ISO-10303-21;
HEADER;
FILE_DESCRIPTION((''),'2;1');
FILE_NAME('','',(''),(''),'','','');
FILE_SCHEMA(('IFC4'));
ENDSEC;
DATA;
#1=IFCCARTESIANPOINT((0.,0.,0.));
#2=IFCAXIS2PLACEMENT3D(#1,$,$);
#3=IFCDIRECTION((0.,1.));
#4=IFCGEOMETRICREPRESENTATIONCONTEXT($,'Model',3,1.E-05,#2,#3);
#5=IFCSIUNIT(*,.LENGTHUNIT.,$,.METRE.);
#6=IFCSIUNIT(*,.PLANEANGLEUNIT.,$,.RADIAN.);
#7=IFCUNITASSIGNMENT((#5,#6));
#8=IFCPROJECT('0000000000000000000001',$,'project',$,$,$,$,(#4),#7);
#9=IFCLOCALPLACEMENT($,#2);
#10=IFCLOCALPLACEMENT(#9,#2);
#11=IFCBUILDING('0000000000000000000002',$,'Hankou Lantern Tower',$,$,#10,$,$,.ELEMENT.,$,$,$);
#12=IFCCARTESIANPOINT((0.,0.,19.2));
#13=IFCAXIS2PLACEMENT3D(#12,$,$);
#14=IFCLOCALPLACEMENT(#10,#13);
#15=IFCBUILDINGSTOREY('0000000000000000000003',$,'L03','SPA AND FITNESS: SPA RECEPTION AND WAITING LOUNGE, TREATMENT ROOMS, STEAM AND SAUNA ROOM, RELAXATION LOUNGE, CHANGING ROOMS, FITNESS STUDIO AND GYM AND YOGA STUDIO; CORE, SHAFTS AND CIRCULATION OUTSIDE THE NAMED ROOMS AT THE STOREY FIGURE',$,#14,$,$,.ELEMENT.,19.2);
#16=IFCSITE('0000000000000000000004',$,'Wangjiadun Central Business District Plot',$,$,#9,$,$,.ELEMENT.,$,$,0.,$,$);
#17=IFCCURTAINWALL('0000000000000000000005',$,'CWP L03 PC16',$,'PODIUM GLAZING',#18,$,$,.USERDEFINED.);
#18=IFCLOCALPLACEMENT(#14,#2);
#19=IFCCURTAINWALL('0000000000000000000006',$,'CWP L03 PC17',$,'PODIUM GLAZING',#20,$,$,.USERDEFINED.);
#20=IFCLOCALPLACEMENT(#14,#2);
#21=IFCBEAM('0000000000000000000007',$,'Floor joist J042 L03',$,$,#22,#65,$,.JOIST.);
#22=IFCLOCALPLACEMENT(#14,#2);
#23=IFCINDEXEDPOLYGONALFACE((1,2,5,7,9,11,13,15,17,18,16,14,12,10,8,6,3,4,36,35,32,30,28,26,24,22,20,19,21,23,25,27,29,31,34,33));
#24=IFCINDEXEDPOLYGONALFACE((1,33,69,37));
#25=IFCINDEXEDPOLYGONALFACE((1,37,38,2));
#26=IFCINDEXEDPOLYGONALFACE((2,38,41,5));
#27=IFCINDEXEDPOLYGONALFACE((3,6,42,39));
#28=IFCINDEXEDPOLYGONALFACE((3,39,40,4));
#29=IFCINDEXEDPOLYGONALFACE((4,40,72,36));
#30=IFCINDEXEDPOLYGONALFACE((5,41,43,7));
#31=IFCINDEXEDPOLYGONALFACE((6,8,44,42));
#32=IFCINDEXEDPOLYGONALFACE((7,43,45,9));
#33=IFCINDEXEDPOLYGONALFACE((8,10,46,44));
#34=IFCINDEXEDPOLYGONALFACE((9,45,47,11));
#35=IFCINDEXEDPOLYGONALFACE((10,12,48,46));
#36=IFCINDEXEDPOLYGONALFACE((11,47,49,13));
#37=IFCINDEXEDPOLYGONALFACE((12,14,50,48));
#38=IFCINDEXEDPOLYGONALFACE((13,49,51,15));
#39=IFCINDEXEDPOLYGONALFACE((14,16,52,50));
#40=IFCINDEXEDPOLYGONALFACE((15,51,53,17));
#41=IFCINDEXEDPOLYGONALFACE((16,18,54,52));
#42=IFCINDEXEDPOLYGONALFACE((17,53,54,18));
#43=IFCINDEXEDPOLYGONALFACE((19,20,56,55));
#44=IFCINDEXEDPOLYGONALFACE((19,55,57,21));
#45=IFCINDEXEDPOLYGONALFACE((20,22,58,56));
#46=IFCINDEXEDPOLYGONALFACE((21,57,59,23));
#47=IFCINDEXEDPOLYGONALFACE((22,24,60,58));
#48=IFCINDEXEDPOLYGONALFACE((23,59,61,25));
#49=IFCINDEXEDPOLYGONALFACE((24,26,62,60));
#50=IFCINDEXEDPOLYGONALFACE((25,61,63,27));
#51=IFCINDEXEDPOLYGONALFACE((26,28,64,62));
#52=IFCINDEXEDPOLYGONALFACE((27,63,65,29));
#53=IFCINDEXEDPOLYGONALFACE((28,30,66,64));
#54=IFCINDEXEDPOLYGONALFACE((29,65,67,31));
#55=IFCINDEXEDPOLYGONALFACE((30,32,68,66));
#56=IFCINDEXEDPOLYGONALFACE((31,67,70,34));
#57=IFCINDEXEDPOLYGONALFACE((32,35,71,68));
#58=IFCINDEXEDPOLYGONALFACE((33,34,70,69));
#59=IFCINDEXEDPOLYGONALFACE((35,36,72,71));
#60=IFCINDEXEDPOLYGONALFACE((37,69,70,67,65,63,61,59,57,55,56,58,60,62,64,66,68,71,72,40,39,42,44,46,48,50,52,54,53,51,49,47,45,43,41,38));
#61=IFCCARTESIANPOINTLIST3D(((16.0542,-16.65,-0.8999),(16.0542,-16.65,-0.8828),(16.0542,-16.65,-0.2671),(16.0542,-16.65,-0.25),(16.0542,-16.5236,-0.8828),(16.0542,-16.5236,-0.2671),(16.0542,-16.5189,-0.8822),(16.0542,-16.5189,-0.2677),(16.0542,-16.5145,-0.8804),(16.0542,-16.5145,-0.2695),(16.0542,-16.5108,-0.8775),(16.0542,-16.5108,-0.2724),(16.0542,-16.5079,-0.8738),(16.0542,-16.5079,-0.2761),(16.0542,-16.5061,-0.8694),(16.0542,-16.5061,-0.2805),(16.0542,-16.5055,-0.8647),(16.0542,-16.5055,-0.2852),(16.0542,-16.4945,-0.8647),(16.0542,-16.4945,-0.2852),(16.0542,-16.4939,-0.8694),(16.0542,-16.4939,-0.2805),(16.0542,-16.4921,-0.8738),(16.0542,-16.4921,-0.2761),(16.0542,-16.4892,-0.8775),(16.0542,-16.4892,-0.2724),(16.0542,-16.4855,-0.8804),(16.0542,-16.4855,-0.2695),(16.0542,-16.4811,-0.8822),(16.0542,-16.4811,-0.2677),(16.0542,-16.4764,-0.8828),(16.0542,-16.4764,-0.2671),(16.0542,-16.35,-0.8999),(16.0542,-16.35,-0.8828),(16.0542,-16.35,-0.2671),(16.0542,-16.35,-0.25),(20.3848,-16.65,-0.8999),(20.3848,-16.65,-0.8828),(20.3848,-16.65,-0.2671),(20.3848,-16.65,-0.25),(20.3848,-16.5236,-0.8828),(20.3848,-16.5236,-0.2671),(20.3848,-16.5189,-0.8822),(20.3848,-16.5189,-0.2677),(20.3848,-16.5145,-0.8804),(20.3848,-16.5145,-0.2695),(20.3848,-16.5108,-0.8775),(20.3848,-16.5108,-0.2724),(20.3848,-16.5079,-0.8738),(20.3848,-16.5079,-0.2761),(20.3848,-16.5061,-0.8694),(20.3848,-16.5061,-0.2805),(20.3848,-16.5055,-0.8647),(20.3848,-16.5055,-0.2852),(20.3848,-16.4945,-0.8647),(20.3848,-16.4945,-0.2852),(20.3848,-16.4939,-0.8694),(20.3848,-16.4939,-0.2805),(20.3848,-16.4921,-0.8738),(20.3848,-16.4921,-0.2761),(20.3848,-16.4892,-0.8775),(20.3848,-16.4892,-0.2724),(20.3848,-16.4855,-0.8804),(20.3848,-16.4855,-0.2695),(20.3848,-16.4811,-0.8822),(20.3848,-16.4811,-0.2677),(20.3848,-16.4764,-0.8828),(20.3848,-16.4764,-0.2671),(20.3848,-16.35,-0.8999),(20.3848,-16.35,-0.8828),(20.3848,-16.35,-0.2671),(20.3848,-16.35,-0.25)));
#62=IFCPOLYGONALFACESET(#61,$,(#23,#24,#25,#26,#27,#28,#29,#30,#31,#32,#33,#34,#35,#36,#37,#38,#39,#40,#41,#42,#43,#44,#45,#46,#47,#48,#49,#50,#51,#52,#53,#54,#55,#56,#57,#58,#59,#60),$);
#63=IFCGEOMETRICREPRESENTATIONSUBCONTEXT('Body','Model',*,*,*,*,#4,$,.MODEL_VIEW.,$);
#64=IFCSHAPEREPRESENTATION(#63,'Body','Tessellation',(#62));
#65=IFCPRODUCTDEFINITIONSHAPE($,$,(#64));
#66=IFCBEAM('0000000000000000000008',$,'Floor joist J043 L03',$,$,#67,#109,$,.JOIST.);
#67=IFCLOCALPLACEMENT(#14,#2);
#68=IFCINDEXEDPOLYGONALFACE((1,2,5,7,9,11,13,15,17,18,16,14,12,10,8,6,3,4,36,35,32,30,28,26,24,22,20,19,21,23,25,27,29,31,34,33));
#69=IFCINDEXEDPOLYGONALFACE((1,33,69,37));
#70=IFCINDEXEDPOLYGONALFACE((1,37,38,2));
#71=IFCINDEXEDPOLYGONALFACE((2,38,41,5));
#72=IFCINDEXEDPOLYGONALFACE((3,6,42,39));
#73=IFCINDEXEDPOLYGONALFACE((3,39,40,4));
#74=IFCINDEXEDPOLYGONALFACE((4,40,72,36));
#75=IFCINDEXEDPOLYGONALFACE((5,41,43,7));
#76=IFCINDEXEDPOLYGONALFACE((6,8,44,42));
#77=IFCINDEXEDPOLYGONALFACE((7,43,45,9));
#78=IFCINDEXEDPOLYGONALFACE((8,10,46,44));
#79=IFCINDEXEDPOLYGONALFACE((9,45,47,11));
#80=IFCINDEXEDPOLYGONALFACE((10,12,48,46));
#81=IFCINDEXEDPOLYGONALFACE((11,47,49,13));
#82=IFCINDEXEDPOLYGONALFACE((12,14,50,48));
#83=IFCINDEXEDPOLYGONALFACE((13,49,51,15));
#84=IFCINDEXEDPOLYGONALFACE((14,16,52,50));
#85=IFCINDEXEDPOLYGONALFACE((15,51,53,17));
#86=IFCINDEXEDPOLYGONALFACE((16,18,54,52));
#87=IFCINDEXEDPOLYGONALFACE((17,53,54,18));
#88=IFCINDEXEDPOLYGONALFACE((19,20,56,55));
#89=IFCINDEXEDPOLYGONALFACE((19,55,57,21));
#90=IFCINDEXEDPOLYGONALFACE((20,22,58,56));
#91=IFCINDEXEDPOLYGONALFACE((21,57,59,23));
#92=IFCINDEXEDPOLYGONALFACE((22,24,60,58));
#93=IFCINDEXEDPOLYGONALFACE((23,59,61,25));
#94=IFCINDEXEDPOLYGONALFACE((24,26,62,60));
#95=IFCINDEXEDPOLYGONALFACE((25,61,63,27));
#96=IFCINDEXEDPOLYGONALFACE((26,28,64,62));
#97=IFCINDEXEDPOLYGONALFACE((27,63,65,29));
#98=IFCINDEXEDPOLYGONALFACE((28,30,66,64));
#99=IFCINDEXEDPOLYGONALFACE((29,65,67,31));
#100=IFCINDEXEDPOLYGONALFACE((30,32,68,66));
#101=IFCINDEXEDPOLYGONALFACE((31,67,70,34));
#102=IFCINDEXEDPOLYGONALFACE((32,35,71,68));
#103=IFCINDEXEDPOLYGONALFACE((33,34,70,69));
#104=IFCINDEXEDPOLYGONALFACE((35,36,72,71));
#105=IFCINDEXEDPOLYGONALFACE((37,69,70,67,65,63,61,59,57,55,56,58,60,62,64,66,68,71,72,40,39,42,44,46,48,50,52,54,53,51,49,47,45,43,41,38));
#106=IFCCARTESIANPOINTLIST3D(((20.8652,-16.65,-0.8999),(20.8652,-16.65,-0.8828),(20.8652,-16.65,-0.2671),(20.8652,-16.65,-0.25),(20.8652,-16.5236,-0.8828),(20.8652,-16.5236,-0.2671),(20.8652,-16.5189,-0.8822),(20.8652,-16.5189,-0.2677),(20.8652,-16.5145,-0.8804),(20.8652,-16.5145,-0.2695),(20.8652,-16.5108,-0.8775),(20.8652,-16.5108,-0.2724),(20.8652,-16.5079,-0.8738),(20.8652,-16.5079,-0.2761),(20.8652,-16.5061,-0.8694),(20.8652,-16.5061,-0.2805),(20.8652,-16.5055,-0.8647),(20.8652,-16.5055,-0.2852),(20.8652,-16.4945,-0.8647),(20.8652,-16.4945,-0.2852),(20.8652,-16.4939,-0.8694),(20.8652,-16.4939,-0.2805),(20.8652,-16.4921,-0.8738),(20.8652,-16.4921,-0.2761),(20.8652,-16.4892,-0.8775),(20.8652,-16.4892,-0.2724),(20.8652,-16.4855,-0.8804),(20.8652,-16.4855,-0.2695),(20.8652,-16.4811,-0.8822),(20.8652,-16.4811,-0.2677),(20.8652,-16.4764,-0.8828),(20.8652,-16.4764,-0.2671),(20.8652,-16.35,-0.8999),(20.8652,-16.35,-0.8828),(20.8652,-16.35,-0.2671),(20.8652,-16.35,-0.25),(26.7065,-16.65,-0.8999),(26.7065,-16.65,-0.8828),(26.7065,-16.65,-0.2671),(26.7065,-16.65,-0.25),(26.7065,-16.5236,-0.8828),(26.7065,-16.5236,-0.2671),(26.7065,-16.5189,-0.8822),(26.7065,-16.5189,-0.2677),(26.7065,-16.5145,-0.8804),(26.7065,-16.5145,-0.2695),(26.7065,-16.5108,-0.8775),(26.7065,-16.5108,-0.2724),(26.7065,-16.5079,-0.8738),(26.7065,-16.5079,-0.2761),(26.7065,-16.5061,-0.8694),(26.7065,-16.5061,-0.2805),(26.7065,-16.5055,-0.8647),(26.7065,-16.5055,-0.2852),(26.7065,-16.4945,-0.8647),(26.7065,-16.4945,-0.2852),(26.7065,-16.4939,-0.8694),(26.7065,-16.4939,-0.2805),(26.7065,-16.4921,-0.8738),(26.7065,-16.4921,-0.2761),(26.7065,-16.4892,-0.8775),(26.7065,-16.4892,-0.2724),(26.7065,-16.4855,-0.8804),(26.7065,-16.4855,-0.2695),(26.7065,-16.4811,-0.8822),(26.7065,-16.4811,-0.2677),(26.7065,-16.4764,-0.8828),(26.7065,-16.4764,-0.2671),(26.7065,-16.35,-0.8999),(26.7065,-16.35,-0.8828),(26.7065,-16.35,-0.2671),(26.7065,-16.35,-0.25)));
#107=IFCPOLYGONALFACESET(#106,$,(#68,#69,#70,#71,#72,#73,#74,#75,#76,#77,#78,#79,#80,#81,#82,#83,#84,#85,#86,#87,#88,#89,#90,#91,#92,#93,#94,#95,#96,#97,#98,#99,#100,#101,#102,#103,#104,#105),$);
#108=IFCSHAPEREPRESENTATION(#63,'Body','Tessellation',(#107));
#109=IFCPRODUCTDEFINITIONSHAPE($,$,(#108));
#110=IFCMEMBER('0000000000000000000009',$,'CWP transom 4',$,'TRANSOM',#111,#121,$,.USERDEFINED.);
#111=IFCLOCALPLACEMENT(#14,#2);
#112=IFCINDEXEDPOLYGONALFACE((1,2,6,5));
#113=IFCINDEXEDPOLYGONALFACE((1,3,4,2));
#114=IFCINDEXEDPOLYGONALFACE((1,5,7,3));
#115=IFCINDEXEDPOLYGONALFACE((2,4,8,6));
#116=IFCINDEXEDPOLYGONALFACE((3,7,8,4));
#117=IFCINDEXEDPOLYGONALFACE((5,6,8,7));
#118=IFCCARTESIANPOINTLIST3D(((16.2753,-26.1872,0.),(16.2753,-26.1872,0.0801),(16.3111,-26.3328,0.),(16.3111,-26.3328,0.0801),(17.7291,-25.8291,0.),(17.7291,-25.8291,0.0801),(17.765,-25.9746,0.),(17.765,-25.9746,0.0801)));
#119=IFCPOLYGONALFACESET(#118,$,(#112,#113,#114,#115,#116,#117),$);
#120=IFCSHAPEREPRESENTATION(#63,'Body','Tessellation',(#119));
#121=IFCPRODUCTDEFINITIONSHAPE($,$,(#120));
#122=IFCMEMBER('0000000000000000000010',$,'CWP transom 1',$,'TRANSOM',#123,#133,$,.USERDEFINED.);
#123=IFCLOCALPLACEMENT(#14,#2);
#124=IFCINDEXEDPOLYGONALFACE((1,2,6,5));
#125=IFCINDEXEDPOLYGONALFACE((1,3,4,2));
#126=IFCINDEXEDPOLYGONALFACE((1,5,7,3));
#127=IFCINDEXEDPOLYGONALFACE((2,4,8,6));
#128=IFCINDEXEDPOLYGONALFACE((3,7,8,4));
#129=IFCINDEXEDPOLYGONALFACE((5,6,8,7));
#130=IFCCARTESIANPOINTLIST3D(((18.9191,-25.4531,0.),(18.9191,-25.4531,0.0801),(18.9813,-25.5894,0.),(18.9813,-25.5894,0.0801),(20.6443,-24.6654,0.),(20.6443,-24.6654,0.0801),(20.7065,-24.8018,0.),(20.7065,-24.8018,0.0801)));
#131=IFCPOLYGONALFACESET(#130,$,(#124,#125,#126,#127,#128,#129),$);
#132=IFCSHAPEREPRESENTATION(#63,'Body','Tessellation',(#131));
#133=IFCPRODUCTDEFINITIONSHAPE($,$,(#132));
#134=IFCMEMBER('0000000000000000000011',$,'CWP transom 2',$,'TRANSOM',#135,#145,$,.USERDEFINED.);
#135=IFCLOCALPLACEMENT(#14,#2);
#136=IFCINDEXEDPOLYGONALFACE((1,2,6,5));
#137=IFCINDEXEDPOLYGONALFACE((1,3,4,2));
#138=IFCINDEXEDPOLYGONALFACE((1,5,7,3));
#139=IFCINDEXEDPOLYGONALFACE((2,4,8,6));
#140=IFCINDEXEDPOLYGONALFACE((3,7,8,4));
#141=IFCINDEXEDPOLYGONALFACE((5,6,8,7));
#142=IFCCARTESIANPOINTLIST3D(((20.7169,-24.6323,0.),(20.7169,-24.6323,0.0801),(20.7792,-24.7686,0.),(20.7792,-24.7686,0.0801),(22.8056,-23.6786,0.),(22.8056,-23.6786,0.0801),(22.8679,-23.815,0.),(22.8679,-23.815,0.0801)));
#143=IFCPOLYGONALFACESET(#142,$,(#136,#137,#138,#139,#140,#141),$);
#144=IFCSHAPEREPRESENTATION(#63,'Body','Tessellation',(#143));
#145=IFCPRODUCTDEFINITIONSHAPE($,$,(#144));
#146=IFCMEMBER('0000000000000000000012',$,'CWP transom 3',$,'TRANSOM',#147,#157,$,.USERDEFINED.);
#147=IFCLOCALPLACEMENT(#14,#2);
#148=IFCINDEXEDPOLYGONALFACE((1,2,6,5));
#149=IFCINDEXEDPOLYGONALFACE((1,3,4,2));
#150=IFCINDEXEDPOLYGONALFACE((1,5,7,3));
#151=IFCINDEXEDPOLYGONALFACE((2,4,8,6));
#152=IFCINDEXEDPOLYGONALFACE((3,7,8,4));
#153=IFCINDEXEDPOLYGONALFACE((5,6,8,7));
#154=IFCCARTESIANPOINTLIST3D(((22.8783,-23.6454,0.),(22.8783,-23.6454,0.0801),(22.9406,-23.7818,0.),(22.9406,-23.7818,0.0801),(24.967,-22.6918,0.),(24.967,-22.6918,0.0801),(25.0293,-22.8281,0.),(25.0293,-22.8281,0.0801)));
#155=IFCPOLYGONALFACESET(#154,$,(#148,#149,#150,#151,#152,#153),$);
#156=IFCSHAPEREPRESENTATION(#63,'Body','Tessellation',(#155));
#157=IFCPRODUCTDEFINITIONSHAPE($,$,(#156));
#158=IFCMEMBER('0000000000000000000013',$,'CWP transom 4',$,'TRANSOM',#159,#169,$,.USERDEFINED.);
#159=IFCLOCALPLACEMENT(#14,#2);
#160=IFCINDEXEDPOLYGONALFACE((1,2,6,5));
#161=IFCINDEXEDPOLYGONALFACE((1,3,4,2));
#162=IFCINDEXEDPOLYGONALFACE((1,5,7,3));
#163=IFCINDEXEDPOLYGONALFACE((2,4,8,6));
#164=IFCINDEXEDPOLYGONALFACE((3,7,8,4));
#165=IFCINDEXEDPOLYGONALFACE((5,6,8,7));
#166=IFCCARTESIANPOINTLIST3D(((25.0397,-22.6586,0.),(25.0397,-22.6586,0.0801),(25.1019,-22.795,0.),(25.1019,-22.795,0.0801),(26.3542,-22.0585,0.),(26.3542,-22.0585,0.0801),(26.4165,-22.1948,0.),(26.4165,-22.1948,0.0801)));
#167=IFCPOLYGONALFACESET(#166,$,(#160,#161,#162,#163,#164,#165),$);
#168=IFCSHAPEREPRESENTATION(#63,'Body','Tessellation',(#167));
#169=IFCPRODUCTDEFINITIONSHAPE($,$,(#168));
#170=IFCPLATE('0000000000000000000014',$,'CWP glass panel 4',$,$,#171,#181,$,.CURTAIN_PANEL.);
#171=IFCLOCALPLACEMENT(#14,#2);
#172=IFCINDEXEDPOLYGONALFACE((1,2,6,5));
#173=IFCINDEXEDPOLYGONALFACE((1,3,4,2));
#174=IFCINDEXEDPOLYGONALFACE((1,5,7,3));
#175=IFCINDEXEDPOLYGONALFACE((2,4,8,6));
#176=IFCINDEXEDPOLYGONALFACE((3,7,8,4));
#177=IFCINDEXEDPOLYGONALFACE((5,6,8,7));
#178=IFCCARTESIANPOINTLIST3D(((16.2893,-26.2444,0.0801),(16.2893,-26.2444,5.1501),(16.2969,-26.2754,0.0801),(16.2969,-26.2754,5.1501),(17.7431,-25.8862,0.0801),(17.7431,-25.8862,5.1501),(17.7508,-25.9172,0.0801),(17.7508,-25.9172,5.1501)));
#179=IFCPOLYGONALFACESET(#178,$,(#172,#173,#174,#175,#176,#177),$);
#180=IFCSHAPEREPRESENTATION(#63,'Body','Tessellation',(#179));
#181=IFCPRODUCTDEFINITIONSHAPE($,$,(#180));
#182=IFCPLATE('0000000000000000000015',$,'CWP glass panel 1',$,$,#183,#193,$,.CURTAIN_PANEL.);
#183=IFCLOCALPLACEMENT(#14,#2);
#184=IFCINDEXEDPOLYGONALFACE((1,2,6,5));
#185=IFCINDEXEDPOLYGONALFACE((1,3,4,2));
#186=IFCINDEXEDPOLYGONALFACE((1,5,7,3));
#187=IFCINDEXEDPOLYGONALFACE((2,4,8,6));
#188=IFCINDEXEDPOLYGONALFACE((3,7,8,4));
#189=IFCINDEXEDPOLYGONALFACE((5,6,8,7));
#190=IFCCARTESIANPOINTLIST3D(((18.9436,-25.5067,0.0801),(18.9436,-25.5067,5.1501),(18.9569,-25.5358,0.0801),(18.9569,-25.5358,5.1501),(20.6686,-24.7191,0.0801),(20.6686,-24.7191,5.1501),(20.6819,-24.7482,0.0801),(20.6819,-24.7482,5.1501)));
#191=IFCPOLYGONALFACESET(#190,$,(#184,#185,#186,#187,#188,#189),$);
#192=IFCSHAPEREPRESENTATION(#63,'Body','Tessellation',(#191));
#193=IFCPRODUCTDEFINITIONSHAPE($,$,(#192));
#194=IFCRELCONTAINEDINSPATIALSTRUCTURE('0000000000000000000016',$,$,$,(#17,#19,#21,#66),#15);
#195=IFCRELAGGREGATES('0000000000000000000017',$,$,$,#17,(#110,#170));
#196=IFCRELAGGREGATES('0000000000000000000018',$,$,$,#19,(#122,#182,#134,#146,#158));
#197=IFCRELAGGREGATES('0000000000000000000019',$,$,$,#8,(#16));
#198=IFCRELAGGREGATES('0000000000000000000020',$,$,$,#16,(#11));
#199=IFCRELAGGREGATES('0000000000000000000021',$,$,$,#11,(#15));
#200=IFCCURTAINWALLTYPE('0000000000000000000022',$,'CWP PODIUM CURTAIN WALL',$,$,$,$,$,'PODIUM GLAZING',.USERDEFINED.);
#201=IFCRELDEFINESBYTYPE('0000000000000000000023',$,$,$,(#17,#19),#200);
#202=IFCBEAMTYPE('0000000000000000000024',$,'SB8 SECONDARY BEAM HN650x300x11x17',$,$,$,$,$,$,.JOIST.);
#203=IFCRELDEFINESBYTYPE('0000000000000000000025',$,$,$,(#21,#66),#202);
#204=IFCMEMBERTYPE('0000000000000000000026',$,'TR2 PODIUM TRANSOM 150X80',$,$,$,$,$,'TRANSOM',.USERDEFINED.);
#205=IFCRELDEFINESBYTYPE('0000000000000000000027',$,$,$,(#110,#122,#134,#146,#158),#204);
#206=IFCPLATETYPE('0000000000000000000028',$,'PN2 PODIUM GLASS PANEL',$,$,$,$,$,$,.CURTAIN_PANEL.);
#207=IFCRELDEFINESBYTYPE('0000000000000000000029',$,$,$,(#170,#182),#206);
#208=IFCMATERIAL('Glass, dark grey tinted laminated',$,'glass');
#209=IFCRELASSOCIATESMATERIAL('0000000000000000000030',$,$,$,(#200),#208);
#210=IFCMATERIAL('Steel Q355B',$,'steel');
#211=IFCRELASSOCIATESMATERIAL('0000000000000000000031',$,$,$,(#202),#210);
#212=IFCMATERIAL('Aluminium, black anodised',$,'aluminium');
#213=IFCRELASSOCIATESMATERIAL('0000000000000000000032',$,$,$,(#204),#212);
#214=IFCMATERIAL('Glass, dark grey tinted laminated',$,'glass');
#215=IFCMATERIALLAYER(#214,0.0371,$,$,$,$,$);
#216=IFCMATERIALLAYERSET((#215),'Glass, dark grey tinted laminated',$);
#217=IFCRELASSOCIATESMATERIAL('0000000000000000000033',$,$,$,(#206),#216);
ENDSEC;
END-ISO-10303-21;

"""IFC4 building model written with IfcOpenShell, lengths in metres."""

from ifc_helpers import new_model, si_unit, direction, frame, origin, origin_2d, place, context, subcontext, project, spatial, rectangle, i_section, extrude, material, layer, layer_set, material_profile, profile_set, type_object, element, aggregate, save


model = new_model("IFC4")

# Units and contexts
model_context = context("Model", 3, precision=1e-05, world=origin(), true_north=direction((0.0, 1.0)))
body_context = subcontext(model_context, "Body", "Model", "MODEL_VIEW")
ifc_project = project(units=[si_unit("LENGTHUNIT", "METRE"), si_unit("PLANEANGLEUNIT", "RADIAN")], contexts=[model_context])

# Site, building, storey
site_placement = place(None, origin())
site = spatial("IfcSite", under=ifc_project, at=site_placement, Name="Wangjiadun Central Business District Plot", CompositionType="ELEMENT", RefElevation=0.0)
building_placement = place(site_placement, origin())
building = spatial("IfcBuilding", under=site, at=building_placement, Name="Hankou Lantern Tower", CompositionType="ELEMENT")
storey_placement = place(building_placement, frame((0.0, 0.0, 19.2)))
storey = spatial("IfcBuildingStorey", under=building, at=storey_placement, Name="L03", Description="SPA AND FITNESS: SPA RECEPTION AND WAITING LOUNGE, TREATMENT ROOMS, STEAM AND SAUNA ROOM, RELAXATION LOUNGE, CHANGING ROOMS, FITNESS STUDIO AND GYM AND YOGA STUDIO; CORE, SHAFTS AND CIRCULATION OUTSIDE THE NAMED ROOMS AT THE STOREY FIGURE", CompositionType="ELEMENT", Elevation=19.2)

# Curtain walls
ifc_material_1 = material(Name="Glass, dark grey tinted laminated", Category="glass")
curtain_wall_type = type_object("IfcCurtainWallType", Name="CWP PODIUM CURTAIN WALL", ElementType="PODIUM GLAZING", PredefinedType="USERDEFINED", material=ifc_material_1)
curtain_wall_1_placement = place(storey_placement, origin())
curtain_wall_1 = element("IfcCurtainWall", 1, at=curtain_wall_1_placement, inside=storey, type_object=curtain_wall_type, Name="CWP L03 PC16", ObjectType="PODIUM GLAZING", PredefinedType="USERDEFINED")
curtain_wall_2_placement = place(storey_placement, origin())
curtain_wall_2 = element("IfcCurtainWall", 2, at=curtain_wall_2_placement, inside=storey, type_object=curtain_wall_type, Name="CWP L03 PC17", ObjectType="PODIUM GLAZING", PredefinedType="USERDEFINED")

# Beams
ifc_material_2 = material(Name="Steel Q355B", Category="steel")
ifc_material_profile_1 = material_profile(ifc_material_2, i_section(OverallWidth=0.3, OverallDepth=0.6499, WebThickness=0.011, FlangeThickness=0.0171, FilletRadius=0.0181, at=origin_2d()), Name="HN650x300x11x17")
ifc_profile_set_1 = profile_set([ifc_material_profile_1], Name="Steel Q355B")
beam_type_1 = type_object("IfcBeamType", Name="SB8 SECONDARY BEAM HN650x300x11x17", PredefinedType="JOIST", material=ifc_profile_set_1)
beam_1_placement = place(storey_placement, frame((16.0542, -16.5, -0.575), z_axis=(1.0, 0.0, 0.0), x_axis=(0.0, 1.0, 0.0)))
element("IfcBeam", 3, at=beam_1_placement, inside=storey, type_object=beam_type_1, Name="Floor joist J042 L03", PredefinedType="JOIST", context=body_context, shape_type="SweptSolid", body=[
    extrude(i_section(OverallWidth=0.3, OverallDepth=0.6499, WebThickness=0.011, FlangeThickness=0.0171, FilletRadius=0.0181, at=origin_2d()), origin(), (0.0, 0.0, 1.0), 4.3306),
])
beam_2_placement = place(storey_placement, frame((20.8652, -16.5, -0.575), z_axis=(1.0, 0.0, 0.0), x_axis=(0.0, 1.0, 0.0)))
element("IfcBeam", 4, at=beam_2_placement, inside=storey, type_object=beam_type_1, Name="Floor joist J043 L03", PredefinedType="JOIST", context=body_context, shape_type="SweptSolid", body=[
    extrude(i_section(OverallWidth=0.3, OverallDepth=0.6499, WebThickness=0.011, FlangeThickness=0.0171, FilletRadius=0.0181, at=origin_2d()), origin(), (0.0, 0.0, 1.0), 5.8413),
])

# Members
ifc_material_3 = material(Name="Aluminium, black anodised", Category="aluminium")
ifc_material_profile_2 = material_profile(ifc_material_3, rectangle(XDim=0.1499, YDim=0.0801, at=origin_2d()), Name="TR2 150X80")
ifc_profile_set_2 = profile_set([ifc_material_profile_2], Name="Aluminium, black anodised")
member_type_1 = type_object("IfcMemberType", Name="TR2 PODIUM TRANSOM 150X80", ElementType="TRANSOM", PredefinedType="USERDEFINED", material=ifc_profile_set_2)
member_1_placement = place(storey_placement, frame((16.2932, -26.26, 0.04), z_axis=(0.970971, 0.239196, 0.0), x_axis=(-0.239196, 0.970971, 0.0)))
member_1 = element("IfcMember", 5, at=member_1_placement, type_object=member_type_1, Name="CWP transom 4", ObjectType="TRANSOM", PredefinedType="USERDEFINED", context=body_context, shape_type="SweptSolid", body=[
    extrude(rectangle(XDim=0.1499, YDim=0.0801, at=origin_2d()), origin(), (0.0, 0.0, 1.0), 1.4973),
])
member_2_placement = place(storey_placement, frame((18.9502, -25.5212, 0.04), z_axis=(0.909677, 0.415316, 0.0), x_axis=(-0.415316, 0.909677, 0.0)))
member_2 = element("IfcMember", 6, at=member_2_placement, type_object=member_type_1, Name="CWP transom 1", ObjectType="TRANSOM", PredefinedType="USERDEFINED", context=body_context, shape_type="SweptSolid", body=[
    extrude(rectangle(XDim=0.1499, YDim=0.0801, at=origin_2d()), origin(), (0.0, 0.0, 1.0), 1.8965),
])
member_3_placement = place(storey_placement, frame((20.748, -24.7004, 0.04), z_axis=(0.90967, 0.415333, 0.0), x_axis=(-0.415333, 0.90967, 0.0)))
member_3 = element("IfcMember", 7, at=member_3_placement, type_object=member_type_1, Name="CWP transom 2", ObjectType="TRANSOM", PredefinedType="USERDEFINED", context=body_context, shape_type="SweptSolid", body=[
    extrude(rectangle(XDim=0.1499, YDim=0.0801, at=origin_2d()), origin(), (0.0, 0.0, 1.0), 2.2961),
])
member_4_placement = place(storey_placement, frame((22.9094, -23.7136, 0.04), z_axis=(0.90967, 0.415333, 0.0), x_axis=(-0.415333, 0.90967, 0.0)))
member_4 = element("IfcMember", 8, at=member_4_placement, type_object=member_type_1, Name="CWP transom 3", ObjectType="TRANSOM", PredefinedType="USERDEFINED", context=body_context, shape_type="SweptSolid", body=[
    extrude(rectangle(XDim=0.1499, YDim=0.0801, at=origin_2d()), origin(), (0.0, 0.0, 1.0), 2.2961),
])
member_5_placement = place(storey_placement, frame((25.0708, -22.7268, 0.04), z_axis=(0.909682, 0.415305, 0.0), x_axis=(-0.415305, 0.909682, 0.0)))
member_5 = element("IfcMember", 9, at=member_5_placement, type_object=member_type_1, Name="CWP transom 4", ObjectType="TRANSOM", PredefinedType="USERDEFINED", context=body_context, shape_type="SweptSolid", body=[
    extrude(rectangle(XDim=0.1499, YDim=0.0801, at=origin_2d()), origin(), (0.0, 0.0, 1.0), 1.4451),
])

# Plates
ifc_material_4 = material(Name="Glass, dark grey tinted laminated", Category="glass")
ifc_layer = layer(ifc_material_4, 0.0371)
ifc_layer_set = layer_set([ifc_layer], Name="Glass, dark grey tinted laminated")
plate_type = type_object("IfcPlateType", Name="PN2 PODIUM GLASS PANEL", PredefinedType="CURTAIN_PANEL", material=ifc_layer_set)
plate_1_placement = place(storey_placement, frame((17.02, -26.0808, 0.0801), z_axis=(0.0, 0.0, 1.0), x_axis=(0.970961, 0.239238, 0.0)))
plate_1 = element("IfcPlate", 10, at=plate_1_placement, type_object=plate_type, Name="CWP glass panel 4", PredefinedType="CURTAIN_PANEL", context=body_context, shape_type="SweptSolid", body=[
    extrude(rectangle(XDim=1.4973, YDim=0.032, at=origin_2d()), origin(), (0.0, 0.0, 1.0), 5.0701),
])
aggregate(curtain_wall_1, [member_1, plate_1])
plate_2_placement = place(storey_placement, frame((19.8127, -25.1274, 0.0801), z_axis=(0.0, 0.0, 1.0), x_axis=(0.90967, 0.415332, 0.0)))
plate_2 = element("IfcPlate", 11, at=plate_2_placement, type_object=plate_type, Name="CWP glass panel 1", PredefinedType="CURTAIN_PANEL", context=body_context, shape_type="SweptSolid", body=[
    extrude(rectangle(XDim=1.8962, YDim=0.032, at=origin_2d()), origin(), (0.0, 0.0, 1.0), 5.0701),
])
aggregate(curtain_wall_2, [member_2, plate_2, member_3, member_4, member_5])

save(model, "model.ifc")
